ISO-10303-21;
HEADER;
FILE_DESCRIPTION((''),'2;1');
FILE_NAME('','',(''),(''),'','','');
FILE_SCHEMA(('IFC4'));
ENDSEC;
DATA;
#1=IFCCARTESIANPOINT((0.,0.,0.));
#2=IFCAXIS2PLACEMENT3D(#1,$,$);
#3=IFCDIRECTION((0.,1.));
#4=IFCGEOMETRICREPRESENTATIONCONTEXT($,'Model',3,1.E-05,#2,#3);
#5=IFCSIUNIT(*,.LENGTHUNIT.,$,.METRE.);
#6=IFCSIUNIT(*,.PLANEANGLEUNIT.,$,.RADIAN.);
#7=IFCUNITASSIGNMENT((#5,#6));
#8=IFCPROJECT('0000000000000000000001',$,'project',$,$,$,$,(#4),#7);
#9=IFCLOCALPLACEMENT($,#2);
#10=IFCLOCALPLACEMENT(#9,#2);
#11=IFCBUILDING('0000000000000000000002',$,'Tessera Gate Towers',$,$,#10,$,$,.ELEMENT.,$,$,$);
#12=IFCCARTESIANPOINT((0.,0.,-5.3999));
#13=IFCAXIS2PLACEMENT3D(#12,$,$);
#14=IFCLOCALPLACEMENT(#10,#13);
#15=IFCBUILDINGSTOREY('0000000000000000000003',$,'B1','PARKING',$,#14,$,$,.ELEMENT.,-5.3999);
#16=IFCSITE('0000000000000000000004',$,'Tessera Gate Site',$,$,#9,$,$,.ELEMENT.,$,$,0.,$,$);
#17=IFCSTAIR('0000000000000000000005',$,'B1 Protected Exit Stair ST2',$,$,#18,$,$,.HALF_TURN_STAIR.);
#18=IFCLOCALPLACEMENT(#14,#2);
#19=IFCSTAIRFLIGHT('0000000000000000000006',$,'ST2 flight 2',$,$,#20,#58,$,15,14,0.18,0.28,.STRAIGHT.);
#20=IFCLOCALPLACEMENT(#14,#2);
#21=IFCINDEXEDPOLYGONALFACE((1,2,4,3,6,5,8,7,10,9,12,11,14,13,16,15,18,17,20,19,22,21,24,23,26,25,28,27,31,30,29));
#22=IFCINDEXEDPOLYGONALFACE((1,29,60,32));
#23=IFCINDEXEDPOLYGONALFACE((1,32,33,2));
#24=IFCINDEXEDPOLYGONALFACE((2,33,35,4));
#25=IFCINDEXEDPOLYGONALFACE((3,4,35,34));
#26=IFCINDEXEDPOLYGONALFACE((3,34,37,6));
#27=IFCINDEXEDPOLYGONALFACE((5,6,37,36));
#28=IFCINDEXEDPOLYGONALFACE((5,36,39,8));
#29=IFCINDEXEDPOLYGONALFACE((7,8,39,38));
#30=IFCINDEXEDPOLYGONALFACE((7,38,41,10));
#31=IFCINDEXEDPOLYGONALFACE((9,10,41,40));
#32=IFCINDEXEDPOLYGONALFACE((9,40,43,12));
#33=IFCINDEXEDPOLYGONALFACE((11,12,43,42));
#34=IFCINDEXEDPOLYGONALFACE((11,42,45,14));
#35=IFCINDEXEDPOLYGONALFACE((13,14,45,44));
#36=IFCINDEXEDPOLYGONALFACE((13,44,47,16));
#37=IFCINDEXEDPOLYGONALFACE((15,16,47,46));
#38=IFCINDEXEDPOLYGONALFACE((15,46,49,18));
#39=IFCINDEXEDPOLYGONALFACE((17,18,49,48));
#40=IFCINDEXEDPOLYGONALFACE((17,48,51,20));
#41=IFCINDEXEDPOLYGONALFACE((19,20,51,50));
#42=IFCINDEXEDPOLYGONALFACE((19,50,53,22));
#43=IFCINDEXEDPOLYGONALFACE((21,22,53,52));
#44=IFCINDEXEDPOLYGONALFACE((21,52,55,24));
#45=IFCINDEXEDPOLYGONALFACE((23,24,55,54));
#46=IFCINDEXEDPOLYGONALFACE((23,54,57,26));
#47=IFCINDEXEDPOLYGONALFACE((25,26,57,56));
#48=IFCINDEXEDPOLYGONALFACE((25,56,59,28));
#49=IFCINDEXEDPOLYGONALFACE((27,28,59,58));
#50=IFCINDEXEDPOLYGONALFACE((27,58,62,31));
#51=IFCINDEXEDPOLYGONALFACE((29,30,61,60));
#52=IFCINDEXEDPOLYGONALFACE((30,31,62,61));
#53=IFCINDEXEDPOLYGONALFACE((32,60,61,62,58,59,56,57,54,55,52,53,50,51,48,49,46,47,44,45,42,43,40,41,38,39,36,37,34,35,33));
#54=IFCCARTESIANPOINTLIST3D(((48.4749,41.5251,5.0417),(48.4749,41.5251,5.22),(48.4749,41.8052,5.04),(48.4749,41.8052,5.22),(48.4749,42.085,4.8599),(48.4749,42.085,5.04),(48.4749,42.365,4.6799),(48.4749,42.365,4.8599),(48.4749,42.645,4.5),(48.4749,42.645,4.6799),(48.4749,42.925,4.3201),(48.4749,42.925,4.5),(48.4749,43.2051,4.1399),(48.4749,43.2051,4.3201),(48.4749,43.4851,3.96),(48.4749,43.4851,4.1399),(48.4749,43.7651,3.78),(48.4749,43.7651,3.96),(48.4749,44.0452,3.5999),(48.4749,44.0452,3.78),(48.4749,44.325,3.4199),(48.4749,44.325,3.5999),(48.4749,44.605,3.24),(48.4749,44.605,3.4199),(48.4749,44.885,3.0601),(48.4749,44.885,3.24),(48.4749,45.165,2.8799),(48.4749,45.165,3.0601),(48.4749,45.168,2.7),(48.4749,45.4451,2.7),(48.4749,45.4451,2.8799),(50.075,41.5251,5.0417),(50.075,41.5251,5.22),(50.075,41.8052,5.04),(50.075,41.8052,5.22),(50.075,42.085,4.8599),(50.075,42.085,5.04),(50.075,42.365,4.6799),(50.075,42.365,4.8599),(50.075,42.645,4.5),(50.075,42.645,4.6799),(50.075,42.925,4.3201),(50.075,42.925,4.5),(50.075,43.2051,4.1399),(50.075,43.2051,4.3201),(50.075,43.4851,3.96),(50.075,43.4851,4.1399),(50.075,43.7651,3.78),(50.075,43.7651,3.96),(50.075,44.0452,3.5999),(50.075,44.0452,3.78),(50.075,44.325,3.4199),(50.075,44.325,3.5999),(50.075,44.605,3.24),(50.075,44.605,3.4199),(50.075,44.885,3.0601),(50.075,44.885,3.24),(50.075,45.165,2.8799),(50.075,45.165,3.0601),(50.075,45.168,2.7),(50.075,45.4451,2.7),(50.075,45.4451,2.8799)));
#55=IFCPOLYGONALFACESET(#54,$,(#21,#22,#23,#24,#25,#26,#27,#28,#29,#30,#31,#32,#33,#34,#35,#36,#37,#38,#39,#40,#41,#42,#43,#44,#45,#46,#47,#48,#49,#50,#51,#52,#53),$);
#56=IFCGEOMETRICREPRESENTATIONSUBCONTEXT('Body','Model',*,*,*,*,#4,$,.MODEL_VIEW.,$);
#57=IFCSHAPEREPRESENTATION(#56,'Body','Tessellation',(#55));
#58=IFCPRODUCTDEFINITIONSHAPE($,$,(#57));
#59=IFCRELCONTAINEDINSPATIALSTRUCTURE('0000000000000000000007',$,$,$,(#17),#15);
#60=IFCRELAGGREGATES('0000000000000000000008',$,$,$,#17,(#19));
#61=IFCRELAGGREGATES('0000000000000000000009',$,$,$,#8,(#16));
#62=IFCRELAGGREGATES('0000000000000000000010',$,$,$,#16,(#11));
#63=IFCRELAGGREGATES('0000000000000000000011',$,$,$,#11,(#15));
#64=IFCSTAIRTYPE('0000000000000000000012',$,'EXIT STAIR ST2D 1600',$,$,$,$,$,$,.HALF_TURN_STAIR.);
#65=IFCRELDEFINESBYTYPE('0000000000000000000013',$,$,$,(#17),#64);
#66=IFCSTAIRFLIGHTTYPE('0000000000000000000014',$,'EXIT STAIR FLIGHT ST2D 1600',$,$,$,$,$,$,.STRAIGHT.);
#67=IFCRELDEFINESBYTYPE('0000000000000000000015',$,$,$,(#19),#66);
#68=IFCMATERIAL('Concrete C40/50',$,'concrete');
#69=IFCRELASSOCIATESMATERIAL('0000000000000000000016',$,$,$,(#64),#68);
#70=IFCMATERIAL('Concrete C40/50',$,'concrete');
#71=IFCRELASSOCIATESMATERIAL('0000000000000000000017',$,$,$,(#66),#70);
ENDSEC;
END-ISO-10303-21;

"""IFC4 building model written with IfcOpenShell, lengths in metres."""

from ifc_helpers import new_model, si_unit, direction, frame, origin, place, context, subcontext, project, spatial, polyline, outline, extrude, material, type_object, element, aggregate, save


model = new_model("IFC4")

# Units and contexts
model_context = context("Model", 3, precision=1e-05, world=origin(), true_north=direction((0.0, 1.0)))
body_context = subcontext(model_context, "Body", "Model", "MODEL_VIEW")
ifc_project = project(units=[si_unit("LENGTHUNIT", "METRE"), si_unit("PLANEANGLEUNIT", "RADIAN")], contexts=[model_context])

# Site, building, storey
site_placement = place(None, origin())
site = spatial("IfcSite", under=ifc_project, at=site_placement, Name="Tessera Gate Site", CompositionType="ELEMENT", RefElevation=0.0)
building_placement = place(site_placement, origin())
building = spatial("IfcBuilding", under=site, at=building_placement, Name="Tessera Gate Towers", CompositionType="ELEMENT")
storey_placement = place(building_placement, frame((0.0, 0.0, -5.3999)))
storey = spatial("IfcBuildingStorey", under=building, at=storey_placement, Name="B1", Description="PARKING", CompositionType="ELEMENT", Elevation=-5.3999)

# Stair, stair flight
ifc_material_1 = material(Name="Concrete C40/50", Category="concrete")
stair_type = type_object("IfcStairType", Name="EXIT STAIR ST2D 1600", PredefinedType="HALF_TURN_STAIR", material=ifc_material_1)
stair_placement = place(storey_placement, origin())
stair = element("IfcStair", 1, at=stair_placement, inside=storey, type_object=stair_type, Name="B1 Protected Exit Stair ST2", PredefinedType="HALF_TURN_STAIR")
ifc_material_2 = material(Name="Concrete C40/50", Category="concrete")
stair_flight_type = type_object("IfcStairFlightType", Name="EXIT STAIR FLIGHT ST2D 1600", PredefinedType="STRAIGHT", material=ifc_material_2)
stair_flight_placement = place(storey_placement, frame((49.2749, 45.4451, 2.7), z_axis=(0.0, 0.0, 1.0), x_axis=(0.0, -1.0, 0.0)))
stair_flight = element("IfcStairFlight", 2, at=stair_flight_placement, type_object=stair_flight_type, Name="ST2 flight 2", NumberOfRisers=15, NumberOfTreads=14, PredefinedType="STRAIGHT", RiserHeight=0.18, TreadLength=0.28, context=body_context, shape_type="SweptSolid", body=[
    extrude(outline(polyline([(0.0, 0.0), (0.0, 0.1799), (0.28, 0.1799), (0.28, 0.3601), (0.5601, 0.3601), (0.5601, 0.54), (0.8401, 0.54), (0.8401, 0.72), (1.1201, 0.72), (1.1201, 0.8999), (1.3999, 0.8999), (1.3999, 1.0801), (1.6799, 1.0801), (1.6799, 1.26), (1.96, 1.26), (1.96, 1.4399), (2.24, 1.4399), (2.24, 1.6201), (2.52, 1.6201), (2.52, 1.8), (2.8, 1.8), (2.8, 1.98), (3.0801, 1.98), (3.0801, 2.1599), (3.3601, 2.1599), (3.3601, 2.3401), (3.6399, 2.3401), (3.6399, 2.52), (3.9199, 2.52), (3.9199, 2.7), (3.9199, 2.3418), (0.2771, 0.0), (0.0, 0.0)])), frame((0.0, 0.8, 0.0), z_axis=(0.0, -1.0, 0.0), x_axis=(1.0, 0.0, 0.0)), (0.0, 0.0, 1.0), 1.6001),
])
aggregate(stair, [stair_flight])

save(model, "model.ifc")
